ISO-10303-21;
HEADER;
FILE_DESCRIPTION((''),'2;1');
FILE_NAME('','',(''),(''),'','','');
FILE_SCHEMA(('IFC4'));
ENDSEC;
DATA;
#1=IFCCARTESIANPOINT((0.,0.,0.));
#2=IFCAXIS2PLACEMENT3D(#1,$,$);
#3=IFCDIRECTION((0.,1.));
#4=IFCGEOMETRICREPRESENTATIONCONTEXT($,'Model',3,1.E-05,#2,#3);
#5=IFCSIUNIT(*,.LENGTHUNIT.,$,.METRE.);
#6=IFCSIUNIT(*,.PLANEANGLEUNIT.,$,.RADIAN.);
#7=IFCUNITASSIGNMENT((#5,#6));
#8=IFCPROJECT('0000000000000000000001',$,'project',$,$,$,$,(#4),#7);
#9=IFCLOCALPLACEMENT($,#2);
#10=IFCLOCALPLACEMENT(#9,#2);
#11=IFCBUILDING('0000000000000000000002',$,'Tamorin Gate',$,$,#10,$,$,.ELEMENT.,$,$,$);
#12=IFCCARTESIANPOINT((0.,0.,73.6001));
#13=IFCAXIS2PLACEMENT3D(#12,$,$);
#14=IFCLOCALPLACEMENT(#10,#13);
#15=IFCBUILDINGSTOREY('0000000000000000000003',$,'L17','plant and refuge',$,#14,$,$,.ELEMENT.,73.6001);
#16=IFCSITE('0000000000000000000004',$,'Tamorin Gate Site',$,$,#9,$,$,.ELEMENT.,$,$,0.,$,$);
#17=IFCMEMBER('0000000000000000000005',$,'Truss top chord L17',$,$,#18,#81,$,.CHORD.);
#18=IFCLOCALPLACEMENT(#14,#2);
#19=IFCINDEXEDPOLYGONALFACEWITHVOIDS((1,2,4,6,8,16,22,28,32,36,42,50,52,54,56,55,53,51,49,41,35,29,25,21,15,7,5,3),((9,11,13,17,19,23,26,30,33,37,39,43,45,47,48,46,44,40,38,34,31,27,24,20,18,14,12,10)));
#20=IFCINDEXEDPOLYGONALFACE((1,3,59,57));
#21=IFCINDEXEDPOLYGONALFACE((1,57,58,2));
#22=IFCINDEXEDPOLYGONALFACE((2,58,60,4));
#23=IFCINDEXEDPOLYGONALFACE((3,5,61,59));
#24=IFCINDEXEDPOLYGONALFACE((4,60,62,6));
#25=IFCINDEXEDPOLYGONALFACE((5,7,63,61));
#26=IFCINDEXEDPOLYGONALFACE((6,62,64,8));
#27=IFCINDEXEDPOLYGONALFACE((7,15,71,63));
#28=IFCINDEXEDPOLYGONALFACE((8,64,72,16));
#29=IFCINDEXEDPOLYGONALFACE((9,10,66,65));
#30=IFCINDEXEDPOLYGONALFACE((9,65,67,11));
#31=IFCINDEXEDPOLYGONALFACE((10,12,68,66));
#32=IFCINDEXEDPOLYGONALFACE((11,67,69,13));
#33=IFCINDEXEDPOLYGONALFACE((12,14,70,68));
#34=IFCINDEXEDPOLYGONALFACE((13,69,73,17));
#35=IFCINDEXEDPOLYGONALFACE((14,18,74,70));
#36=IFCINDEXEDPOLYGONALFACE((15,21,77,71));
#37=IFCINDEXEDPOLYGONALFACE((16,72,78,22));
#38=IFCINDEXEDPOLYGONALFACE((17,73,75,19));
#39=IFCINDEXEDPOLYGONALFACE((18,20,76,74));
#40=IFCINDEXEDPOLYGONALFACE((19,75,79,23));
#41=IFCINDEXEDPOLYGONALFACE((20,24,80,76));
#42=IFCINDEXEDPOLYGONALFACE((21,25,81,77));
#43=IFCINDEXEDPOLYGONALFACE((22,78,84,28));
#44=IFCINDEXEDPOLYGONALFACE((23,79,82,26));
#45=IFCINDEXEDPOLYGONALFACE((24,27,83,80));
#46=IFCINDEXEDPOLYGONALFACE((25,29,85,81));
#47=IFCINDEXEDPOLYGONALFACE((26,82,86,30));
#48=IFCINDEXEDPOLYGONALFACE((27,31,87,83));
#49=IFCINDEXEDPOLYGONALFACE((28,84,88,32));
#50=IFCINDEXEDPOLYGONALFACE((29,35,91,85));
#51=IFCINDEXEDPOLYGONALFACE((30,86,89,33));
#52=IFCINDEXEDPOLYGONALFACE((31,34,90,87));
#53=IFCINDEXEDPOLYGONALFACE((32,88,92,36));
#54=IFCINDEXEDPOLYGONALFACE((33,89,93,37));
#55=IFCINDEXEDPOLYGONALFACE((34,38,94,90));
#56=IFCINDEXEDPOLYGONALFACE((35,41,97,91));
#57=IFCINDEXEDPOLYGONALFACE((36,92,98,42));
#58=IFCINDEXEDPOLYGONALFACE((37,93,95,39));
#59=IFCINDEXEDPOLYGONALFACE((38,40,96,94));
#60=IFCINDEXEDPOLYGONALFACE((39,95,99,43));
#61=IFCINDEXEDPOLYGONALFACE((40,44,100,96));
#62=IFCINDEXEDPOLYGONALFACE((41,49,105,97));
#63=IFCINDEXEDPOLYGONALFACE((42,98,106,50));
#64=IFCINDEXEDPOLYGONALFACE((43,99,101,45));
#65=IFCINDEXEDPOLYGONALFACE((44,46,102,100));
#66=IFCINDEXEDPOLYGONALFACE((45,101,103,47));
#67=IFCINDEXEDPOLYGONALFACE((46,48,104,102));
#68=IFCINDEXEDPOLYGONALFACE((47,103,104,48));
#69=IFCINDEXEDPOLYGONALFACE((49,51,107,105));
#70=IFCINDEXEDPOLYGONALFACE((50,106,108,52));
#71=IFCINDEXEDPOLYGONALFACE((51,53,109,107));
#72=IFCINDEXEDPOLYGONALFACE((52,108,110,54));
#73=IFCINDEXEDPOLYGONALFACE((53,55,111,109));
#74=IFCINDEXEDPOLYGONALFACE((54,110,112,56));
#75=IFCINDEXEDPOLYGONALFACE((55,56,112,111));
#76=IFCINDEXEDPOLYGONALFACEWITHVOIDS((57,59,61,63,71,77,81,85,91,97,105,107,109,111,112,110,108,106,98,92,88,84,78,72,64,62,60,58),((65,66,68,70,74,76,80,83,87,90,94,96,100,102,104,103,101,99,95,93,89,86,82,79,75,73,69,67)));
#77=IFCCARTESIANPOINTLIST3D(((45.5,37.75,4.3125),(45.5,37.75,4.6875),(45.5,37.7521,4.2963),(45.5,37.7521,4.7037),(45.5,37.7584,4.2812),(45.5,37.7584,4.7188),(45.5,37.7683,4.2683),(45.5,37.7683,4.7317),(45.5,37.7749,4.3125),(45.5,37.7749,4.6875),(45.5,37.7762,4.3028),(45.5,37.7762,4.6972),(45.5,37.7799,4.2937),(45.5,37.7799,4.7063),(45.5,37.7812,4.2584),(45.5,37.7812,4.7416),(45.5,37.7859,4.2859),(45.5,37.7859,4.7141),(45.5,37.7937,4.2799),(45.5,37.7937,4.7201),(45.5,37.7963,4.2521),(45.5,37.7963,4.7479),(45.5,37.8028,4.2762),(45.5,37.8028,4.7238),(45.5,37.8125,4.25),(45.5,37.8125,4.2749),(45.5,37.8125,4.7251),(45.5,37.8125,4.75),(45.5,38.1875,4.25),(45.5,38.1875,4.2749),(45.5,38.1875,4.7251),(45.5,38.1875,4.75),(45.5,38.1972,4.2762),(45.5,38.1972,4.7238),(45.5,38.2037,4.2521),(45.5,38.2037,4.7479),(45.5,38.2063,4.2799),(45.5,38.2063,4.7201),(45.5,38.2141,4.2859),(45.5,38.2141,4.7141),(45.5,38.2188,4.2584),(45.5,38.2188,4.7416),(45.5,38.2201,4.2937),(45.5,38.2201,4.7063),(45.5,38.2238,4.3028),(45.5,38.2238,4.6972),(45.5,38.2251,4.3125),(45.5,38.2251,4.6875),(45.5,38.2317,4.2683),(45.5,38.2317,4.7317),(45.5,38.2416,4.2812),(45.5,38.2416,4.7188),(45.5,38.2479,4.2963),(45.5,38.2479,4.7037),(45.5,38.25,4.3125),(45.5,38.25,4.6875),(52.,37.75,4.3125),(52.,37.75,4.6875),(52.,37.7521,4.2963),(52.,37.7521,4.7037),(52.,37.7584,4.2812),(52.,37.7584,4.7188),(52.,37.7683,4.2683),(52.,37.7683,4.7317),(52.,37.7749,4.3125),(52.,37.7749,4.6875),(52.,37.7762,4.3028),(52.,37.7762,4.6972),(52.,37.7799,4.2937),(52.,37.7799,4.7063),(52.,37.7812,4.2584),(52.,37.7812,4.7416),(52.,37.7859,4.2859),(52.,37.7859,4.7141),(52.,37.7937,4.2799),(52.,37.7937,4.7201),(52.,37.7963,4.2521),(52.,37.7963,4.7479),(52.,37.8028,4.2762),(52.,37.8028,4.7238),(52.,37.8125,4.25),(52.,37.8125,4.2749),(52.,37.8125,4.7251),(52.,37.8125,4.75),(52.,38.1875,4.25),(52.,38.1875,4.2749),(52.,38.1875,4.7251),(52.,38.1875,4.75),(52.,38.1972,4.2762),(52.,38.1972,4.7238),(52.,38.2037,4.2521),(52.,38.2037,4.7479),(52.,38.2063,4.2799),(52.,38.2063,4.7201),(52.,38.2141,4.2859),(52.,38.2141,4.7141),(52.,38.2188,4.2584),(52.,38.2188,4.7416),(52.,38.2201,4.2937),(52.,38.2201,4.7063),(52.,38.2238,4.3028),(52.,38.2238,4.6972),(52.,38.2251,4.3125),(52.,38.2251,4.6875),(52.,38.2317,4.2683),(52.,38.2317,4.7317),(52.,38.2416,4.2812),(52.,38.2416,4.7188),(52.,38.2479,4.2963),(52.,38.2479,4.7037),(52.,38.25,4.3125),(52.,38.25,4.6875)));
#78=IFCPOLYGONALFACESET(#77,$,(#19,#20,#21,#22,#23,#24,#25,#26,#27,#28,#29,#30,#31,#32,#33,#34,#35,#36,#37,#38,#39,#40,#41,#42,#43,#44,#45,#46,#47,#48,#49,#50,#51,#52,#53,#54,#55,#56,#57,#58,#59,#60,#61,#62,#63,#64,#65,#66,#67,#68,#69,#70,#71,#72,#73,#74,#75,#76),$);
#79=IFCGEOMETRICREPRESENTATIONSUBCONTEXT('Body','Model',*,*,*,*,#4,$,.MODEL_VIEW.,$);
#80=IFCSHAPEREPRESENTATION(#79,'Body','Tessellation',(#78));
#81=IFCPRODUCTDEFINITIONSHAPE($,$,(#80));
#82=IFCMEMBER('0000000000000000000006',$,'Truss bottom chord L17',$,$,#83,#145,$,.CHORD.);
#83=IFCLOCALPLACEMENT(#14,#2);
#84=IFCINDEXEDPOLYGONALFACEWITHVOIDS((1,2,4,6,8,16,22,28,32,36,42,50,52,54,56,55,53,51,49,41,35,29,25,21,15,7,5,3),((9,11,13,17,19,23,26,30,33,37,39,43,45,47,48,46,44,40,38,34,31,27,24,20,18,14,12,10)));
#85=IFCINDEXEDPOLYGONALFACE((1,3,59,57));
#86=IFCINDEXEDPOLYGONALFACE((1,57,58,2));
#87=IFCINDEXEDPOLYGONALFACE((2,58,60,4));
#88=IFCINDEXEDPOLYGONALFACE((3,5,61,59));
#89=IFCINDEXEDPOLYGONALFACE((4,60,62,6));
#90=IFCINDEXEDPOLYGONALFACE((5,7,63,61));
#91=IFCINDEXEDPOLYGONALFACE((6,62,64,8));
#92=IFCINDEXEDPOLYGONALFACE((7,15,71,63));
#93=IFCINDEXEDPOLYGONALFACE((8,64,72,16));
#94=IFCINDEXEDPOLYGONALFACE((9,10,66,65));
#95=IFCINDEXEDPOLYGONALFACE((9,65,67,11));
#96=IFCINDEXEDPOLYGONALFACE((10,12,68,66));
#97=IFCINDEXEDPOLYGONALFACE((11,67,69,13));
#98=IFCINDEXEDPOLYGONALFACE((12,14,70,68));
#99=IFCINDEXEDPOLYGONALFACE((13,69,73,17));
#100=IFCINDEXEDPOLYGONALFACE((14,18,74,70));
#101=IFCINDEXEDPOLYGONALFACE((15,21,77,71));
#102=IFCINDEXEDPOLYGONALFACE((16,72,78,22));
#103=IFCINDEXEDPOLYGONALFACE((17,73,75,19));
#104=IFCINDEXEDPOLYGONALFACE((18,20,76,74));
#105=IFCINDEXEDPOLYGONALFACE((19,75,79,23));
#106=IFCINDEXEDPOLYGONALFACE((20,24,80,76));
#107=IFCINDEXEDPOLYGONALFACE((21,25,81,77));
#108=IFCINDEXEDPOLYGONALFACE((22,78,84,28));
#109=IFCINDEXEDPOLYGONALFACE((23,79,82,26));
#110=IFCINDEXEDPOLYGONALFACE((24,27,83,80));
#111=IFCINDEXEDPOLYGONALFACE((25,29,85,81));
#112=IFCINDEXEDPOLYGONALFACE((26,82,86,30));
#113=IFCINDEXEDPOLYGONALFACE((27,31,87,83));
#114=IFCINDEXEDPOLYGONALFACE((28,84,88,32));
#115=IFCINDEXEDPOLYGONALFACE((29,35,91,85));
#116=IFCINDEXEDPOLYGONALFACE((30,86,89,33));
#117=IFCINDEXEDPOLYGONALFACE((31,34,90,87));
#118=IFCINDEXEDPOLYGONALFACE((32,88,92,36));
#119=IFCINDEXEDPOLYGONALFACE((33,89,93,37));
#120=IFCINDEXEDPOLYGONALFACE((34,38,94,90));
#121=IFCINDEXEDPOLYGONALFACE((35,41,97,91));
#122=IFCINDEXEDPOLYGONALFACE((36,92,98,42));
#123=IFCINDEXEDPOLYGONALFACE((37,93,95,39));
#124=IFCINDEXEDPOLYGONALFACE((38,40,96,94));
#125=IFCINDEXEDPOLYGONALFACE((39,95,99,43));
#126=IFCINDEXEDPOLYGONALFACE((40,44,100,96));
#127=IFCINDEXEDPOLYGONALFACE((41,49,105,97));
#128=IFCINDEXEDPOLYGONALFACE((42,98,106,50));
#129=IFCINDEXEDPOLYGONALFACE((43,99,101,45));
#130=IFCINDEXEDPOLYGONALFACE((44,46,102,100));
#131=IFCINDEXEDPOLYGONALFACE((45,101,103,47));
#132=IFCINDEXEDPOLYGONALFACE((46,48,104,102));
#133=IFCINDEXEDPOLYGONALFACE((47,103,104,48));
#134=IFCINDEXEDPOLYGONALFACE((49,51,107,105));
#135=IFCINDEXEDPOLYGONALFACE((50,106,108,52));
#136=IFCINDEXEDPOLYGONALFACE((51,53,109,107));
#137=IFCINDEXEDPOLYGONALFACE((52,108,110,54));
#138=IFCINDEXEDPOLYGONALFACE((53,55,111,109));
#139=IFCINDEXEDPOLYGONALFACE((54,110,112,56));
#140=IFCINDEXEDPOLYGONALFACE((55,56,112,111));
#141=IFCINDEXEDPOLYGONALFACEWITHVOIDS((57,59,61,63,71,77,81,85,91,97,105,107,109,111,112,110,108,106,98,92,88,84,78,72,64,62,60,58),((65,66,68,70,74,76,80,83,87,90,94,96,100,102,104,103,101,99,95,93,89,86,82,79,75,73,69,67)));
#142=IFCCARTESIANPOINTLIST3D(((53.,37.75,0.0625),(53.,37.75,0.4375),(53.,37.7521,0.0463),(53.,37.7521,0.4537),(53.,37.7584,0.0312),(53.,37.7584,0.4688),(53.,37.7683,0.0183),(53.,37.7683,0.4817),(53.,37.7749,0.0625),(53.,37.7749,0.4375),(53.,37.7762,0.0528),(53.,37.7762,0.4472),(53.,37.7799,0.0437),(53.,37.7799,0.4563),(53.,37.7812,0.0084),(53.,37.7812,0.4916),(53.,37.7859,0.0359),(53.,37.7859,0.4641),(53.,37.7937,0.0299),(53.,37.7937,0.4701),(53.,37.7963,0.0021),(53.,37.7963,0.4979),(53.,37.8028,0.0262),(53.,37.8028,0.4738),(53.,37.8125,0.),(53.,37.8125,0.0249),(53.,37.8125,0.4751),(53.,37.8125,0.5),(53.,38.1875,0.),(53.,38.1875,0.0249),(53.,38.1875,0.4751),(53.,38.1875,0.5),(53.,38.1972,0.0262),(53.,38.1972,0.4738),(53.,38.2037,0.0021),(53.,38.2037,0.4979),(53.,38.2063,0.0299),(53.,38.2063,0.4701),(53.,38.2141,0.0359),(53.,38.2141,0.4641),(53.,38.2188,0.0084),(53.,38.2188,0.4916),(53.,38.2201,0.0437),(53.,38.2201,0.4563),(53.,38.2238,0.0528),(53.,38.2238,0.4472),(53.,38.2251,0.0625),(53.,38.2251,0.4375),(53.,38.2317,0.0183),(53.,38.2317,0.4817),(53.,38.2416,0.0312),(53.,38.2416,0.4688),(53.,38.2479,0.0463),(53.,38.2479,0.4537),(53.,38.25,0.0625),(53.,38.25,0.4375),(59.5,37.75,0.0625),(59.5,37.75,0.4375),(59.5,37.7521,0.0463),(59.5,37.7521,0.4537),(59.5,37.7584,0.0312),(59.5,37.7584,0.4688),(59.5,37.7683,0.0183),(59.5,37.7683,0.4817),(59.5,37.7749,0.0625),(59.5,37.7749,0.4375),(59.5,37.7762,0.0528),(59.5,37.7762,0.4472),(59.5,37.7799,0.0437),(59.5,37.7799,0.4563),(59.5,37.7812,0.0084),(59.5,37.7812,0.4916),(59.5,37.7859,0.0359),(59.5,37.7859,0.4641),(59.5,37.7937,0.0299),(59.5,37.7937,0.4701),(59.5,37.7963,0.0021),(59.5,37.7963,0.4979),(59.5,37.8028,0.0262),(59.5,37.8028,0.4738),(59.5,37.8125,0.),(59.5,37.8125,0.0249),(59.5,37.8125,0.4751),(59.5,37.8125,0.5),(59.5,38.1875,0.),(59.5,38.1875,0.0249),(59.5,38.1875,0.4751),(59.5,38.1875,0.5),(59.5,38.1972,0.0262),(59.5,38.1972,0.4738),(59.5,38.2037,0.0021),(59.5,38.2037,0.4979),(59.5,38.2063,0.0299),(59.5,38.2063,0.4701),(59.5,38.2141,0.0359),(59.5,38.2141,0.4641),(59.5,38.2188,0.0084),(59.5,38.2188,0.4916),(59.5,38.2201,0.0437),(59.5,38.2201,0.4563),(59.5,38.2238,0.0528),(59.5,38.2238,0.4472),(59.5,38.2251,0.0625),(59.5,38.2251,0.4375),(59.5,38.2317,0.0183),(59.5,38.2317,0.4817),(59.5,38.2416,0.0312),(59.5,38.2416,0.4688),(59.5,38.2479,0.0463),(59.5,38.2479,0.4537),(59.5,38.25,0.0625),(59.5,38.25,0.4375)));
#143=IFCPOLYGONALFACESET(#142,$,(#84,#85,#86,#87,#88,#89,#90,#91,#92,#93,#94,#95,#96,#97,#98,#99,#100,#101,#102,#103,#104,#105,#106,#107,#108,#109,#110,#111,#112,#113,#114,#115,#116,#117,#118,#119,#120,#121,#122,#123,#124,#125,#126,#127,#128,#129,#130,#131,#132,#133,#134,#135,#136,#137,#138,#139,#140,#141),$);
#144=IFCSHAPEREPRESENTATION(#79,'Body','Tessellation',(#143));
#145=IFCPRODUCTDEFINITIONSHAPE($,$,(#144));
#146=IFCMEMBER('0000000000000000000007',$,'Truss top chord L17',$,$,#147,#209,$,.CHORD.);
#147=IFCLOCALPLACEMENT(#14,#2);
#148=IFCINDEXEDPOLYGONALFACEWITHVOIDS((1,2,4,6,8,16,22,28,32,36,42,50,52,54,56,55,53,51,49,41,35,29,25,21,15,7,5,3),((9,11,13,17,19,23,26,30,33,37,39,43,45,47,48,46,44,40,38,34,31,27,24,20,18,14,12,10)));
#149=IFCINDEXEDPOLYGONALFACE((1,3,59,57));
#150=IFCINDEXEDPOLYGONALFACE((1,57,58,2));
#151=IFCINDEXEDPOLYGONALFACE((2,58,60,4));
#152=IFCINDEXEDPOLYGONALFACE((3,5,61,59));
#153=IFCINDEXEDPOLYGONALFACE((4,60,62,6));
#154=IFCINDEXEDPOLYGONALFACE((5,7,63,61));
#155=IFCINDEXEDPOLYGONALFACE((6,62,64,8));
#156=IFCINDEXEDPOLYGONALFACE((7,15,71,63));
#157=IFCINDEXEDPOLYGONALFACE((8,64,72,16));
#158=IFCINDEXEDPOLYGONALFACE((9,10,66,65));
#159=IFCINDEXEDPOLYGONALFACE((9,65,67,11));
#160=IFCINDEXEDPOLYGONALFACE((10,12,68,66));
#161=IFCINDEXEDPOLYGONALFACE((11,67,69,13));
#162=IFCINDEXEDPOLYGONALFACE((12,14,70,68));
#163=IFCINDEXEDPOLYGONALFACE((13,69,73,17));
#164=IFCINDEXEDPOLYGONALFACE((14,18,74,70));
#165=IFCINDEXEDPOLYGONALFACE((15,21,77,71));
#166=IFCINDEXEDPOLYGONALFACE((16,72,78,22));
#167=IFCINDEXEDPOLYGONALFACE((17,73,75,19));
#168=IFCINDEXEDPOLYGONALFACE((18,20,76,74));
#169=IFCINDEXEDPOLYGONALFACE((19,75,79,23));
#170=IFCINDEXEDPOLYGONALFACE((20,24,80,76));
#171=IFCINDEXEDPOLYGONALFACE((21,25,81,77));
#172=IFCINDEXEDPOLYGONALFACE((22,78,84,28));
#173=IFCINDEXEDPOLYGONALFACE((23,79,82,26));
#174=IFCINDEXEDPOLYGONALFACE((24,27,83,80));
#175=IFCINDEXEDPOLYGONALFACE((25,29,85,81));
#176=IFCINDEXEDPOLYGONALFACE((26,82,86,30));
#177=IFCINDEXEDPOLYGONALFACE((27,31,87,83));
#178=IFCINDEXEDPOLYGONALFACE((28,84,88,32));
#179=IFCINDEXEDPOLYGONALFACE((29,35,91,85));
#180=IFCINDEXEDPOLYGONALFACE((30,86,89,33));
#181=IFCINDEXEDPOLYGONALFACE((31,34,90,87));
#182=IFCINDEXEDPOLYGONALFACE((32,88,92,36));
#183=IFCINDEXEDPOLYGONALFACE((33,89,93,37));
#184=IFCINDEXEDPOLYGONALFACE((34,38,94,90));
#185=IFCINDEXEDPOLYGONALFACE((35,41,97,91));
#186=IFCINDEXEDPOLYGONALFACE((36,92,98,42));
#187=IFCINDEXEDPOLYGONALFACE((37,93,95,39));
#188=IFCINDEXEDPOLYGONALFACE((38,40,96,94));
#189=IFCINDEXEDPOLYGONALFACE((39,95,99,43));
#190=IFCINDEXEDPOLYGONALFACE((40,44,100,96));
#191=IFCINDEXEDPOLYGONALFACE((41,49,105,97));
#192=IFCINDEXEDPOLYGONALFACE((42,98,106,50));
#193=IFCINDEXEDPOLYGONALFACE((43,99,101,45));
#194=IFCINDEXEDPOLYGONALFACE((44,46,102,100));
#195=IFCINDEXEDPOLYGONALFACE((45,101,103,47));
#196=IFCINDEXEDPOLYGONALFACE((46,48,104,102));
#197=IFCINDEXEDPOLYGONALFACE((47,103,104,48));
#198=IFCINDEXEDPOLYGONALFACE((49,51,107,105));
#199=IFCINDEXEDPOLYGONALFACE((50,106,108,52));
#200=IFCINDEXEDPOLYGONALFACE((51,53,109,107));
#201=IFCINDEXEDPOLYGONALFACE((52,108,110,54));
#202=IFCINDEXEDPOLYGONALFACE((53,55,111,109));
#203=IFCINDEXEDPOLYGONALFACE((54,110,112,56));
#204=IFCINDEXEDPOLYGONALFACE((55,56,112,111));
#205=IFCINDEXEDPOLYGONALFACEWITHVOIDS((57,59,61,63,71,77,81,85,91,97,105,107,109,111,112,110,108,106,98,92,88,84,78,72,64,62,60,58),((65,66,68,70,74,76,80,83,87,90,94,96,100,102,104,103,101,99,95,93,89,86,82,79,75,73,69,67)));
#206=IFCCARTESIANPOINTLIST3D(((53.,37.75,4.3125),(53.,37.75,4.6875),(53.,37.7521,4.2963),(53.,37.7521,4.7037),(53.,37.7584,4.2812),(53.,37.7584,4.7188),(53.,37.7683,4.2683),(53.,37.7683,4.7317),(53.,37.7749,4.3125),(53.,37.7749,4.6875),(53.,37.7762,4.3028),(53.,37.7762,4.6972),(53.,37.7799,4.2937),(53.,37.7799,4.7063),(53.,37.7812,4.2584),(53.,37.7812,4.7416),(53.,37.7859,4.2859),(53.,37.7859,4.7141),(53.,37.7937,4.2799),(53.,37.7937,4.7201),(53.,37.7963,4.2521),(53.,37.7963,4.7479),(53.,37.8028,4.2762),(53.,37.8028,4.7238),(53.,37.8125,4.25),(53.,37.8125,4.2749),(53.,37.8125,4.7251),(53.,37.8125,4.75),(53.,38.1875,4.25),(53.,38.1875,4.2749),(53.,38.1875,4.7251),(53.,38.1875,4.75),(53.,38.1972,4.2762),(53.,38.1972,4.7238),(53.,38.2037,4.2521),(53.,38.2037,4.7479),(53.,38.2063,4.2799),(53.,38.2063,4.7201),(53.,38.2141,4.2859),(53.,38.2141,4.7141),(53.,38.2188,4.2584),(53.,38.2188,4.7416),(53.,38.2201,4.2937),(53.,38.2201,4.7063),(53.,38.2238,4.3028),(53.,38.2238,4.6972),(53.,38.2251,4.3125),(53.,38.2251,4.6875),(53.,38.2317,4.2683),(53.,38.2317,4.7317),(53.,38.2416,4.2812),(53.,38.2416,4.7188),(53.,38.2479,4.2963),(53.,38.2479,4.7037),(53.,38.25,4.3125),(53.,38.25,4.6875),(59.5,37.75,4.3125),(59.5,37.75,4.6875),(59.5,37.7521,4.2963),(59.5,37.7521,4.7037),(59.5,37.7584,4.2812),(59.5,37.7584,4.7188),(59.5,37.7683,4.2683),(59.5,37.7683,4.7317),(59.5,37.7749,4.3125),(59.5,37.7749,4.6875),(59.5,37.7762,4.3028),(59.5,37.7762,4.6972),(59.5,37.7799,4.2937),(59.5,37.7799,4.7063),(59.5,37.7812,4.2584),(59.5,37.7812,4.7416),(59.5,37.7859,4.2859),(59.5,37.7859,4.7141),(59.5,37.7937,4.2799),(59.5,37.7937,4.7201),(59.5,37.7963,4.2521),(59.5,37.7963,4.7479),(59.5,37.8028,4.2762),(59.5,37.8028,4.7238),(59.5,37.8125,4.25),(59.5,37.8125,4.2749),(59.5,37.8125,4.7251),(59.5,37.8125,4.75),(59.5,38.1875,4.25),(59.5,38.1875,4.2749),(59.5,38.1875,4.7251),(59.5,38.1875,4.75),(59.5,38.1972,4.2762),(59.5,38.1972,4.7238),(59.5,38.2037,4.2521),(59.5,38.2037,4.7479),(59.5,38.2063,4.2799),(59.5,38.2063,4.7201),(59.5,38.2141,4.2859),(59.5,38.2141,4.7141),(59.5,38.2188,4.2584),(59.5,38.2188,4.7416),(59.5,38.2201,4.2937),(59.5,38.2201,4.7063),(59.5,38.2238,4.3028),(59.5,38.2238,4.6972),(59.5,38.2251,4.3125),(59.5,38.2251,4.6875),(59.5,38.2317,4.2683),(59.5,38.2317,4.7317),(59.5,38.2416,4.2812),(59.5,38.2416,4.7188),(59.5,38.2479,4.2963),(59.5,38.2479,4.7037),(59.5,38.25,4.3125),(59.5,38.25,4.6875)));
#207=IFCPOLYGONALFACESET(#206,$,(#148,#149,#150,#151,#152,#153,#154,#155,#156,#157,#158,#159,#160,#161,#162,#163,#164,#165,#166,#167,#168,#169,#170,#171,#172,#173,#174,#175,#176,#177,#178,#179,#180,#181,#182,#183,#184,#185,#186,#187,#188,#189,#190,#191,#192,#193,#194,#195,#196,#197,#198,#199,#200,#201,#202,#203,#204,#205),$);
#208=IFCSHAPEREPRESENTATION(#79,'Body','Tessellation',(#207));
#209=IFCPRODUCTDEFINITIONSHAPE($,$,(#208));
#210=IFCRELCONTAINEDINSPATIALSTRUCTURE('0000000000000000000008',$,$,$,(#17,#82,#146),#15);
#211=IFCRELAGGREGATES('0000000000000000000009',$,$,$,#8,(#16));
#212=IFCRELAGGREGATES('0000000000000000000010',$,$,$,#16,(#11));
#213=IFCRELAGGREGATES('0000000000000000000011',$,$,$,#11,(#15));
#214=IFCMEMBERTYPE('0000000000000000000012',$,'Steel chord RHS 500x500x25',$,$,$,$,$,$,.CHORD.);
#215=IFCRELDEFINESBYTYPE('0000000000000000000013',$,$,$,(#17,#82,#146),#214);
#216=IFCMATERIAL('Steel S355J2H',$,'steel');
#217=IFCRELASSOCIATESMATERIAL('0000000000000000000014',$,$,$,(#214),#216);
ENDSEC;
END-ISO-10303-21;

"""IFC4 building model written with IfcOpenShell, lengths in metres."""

from ifc_helpers import new_model, si_unit, direction, frame, origin, origin_2d, place, context, subcontext, project, spatial, hollow_rectangle, extrude, material, material_profile, profile_set, type_object, element, save


model = new_model("IFC4")

# Units and contexts
model_context = context("Model", 3, precision=1e-05, world=origin(), true_north=direction((0.0, 1.0)))
body_context = subcontext(model_context, "Body", "Model", "MODEL_VIEW")
ifc_project = project(units=[si_unit("LENGTHUNIT", "METRE"), si_unit("PLANEANGLEUNIT", "RADIAN")], contexts=[model_context])

# Site, building, storey
site_placement = place(None, origin())
site = spatial("IfcSite", under=ifc_project, at=site_placement, Name="Tamorin Gate Site", CompositionType="ELEMENT", RefElevation=0.0)
building_placement = place(site_placement, origin())
building = spatial("IfcBuilding", under=site, at=building_placement, Name="Tamorin Gate", CompositionType="ELEMENT")
storey_placement = place(building_placement, frame((0.0, 0.0, 73.6001)))
storey = spatial("IfcBuildingStorey", under=building, at=storey_placement, Name="L17", Description="plant and refuge", CompositionType="ELEMENT", Elevation=73.6001)

# Members
ifc_material_1 = material(Name="Steel S355J2H", Category="steel")
ifc_material_profile_1 = material_profile(ifc_material_1, hollow_rectangle(XDim=0.5, YDim=0.5, WallThickness=0.0249, InnerFilletRadius=0.0376, OuterFilletRadius=0.0625, at=origin_2d()), Name="RHS 500x500x25")
ifc_profile_set_1 = profile_set([ifc_material_profile_1], Name="Steel S355J2H")
member_type_1 = type_object("IfcMemberType", Name="Steel chord RHS 500x500x25", PredefinedType="CHORD", material=ifc_profile_set_1)
for number, where, z_axis, x_axis, name in (
    (1, (45.5, 38.0, 4.5), (1.0, 0.0, 0.0), (0.0, 1.0, 0.0), "Truss top chord L17"),
    (2, (53.0, 38.0, 0.25), (1.0, 0.0, 0.0), (0.0, 1.0, 0.0), "Truss bottom chord L17"),
    (3, (53.0, 38.0, 4.5), (1.0, 0.0, 0.0), (0.0, 1.0, 0.0), "Truss top chord L17"),
):
    element("IfcMember", number, at=place(storey_placement, frame(where, z_axis=z_axis, x_axis=x_axis)), inside=storey, type_object=member_type_1, Name=name, PredefinedType="CHORD", context=body_context, shape_type="SweptSolid", body=[
        extrude(hollow_rectangle(XDim=0.5, YDim=0.5, WallThickness=0.0249, InnerFilletRadius=0.0376, OuterFilletRadius=0.0625, at=origin_2d()), origin(), (0.0, 0.0, 1.0), 6.5),
    ])

save(model, "model.ifc")
